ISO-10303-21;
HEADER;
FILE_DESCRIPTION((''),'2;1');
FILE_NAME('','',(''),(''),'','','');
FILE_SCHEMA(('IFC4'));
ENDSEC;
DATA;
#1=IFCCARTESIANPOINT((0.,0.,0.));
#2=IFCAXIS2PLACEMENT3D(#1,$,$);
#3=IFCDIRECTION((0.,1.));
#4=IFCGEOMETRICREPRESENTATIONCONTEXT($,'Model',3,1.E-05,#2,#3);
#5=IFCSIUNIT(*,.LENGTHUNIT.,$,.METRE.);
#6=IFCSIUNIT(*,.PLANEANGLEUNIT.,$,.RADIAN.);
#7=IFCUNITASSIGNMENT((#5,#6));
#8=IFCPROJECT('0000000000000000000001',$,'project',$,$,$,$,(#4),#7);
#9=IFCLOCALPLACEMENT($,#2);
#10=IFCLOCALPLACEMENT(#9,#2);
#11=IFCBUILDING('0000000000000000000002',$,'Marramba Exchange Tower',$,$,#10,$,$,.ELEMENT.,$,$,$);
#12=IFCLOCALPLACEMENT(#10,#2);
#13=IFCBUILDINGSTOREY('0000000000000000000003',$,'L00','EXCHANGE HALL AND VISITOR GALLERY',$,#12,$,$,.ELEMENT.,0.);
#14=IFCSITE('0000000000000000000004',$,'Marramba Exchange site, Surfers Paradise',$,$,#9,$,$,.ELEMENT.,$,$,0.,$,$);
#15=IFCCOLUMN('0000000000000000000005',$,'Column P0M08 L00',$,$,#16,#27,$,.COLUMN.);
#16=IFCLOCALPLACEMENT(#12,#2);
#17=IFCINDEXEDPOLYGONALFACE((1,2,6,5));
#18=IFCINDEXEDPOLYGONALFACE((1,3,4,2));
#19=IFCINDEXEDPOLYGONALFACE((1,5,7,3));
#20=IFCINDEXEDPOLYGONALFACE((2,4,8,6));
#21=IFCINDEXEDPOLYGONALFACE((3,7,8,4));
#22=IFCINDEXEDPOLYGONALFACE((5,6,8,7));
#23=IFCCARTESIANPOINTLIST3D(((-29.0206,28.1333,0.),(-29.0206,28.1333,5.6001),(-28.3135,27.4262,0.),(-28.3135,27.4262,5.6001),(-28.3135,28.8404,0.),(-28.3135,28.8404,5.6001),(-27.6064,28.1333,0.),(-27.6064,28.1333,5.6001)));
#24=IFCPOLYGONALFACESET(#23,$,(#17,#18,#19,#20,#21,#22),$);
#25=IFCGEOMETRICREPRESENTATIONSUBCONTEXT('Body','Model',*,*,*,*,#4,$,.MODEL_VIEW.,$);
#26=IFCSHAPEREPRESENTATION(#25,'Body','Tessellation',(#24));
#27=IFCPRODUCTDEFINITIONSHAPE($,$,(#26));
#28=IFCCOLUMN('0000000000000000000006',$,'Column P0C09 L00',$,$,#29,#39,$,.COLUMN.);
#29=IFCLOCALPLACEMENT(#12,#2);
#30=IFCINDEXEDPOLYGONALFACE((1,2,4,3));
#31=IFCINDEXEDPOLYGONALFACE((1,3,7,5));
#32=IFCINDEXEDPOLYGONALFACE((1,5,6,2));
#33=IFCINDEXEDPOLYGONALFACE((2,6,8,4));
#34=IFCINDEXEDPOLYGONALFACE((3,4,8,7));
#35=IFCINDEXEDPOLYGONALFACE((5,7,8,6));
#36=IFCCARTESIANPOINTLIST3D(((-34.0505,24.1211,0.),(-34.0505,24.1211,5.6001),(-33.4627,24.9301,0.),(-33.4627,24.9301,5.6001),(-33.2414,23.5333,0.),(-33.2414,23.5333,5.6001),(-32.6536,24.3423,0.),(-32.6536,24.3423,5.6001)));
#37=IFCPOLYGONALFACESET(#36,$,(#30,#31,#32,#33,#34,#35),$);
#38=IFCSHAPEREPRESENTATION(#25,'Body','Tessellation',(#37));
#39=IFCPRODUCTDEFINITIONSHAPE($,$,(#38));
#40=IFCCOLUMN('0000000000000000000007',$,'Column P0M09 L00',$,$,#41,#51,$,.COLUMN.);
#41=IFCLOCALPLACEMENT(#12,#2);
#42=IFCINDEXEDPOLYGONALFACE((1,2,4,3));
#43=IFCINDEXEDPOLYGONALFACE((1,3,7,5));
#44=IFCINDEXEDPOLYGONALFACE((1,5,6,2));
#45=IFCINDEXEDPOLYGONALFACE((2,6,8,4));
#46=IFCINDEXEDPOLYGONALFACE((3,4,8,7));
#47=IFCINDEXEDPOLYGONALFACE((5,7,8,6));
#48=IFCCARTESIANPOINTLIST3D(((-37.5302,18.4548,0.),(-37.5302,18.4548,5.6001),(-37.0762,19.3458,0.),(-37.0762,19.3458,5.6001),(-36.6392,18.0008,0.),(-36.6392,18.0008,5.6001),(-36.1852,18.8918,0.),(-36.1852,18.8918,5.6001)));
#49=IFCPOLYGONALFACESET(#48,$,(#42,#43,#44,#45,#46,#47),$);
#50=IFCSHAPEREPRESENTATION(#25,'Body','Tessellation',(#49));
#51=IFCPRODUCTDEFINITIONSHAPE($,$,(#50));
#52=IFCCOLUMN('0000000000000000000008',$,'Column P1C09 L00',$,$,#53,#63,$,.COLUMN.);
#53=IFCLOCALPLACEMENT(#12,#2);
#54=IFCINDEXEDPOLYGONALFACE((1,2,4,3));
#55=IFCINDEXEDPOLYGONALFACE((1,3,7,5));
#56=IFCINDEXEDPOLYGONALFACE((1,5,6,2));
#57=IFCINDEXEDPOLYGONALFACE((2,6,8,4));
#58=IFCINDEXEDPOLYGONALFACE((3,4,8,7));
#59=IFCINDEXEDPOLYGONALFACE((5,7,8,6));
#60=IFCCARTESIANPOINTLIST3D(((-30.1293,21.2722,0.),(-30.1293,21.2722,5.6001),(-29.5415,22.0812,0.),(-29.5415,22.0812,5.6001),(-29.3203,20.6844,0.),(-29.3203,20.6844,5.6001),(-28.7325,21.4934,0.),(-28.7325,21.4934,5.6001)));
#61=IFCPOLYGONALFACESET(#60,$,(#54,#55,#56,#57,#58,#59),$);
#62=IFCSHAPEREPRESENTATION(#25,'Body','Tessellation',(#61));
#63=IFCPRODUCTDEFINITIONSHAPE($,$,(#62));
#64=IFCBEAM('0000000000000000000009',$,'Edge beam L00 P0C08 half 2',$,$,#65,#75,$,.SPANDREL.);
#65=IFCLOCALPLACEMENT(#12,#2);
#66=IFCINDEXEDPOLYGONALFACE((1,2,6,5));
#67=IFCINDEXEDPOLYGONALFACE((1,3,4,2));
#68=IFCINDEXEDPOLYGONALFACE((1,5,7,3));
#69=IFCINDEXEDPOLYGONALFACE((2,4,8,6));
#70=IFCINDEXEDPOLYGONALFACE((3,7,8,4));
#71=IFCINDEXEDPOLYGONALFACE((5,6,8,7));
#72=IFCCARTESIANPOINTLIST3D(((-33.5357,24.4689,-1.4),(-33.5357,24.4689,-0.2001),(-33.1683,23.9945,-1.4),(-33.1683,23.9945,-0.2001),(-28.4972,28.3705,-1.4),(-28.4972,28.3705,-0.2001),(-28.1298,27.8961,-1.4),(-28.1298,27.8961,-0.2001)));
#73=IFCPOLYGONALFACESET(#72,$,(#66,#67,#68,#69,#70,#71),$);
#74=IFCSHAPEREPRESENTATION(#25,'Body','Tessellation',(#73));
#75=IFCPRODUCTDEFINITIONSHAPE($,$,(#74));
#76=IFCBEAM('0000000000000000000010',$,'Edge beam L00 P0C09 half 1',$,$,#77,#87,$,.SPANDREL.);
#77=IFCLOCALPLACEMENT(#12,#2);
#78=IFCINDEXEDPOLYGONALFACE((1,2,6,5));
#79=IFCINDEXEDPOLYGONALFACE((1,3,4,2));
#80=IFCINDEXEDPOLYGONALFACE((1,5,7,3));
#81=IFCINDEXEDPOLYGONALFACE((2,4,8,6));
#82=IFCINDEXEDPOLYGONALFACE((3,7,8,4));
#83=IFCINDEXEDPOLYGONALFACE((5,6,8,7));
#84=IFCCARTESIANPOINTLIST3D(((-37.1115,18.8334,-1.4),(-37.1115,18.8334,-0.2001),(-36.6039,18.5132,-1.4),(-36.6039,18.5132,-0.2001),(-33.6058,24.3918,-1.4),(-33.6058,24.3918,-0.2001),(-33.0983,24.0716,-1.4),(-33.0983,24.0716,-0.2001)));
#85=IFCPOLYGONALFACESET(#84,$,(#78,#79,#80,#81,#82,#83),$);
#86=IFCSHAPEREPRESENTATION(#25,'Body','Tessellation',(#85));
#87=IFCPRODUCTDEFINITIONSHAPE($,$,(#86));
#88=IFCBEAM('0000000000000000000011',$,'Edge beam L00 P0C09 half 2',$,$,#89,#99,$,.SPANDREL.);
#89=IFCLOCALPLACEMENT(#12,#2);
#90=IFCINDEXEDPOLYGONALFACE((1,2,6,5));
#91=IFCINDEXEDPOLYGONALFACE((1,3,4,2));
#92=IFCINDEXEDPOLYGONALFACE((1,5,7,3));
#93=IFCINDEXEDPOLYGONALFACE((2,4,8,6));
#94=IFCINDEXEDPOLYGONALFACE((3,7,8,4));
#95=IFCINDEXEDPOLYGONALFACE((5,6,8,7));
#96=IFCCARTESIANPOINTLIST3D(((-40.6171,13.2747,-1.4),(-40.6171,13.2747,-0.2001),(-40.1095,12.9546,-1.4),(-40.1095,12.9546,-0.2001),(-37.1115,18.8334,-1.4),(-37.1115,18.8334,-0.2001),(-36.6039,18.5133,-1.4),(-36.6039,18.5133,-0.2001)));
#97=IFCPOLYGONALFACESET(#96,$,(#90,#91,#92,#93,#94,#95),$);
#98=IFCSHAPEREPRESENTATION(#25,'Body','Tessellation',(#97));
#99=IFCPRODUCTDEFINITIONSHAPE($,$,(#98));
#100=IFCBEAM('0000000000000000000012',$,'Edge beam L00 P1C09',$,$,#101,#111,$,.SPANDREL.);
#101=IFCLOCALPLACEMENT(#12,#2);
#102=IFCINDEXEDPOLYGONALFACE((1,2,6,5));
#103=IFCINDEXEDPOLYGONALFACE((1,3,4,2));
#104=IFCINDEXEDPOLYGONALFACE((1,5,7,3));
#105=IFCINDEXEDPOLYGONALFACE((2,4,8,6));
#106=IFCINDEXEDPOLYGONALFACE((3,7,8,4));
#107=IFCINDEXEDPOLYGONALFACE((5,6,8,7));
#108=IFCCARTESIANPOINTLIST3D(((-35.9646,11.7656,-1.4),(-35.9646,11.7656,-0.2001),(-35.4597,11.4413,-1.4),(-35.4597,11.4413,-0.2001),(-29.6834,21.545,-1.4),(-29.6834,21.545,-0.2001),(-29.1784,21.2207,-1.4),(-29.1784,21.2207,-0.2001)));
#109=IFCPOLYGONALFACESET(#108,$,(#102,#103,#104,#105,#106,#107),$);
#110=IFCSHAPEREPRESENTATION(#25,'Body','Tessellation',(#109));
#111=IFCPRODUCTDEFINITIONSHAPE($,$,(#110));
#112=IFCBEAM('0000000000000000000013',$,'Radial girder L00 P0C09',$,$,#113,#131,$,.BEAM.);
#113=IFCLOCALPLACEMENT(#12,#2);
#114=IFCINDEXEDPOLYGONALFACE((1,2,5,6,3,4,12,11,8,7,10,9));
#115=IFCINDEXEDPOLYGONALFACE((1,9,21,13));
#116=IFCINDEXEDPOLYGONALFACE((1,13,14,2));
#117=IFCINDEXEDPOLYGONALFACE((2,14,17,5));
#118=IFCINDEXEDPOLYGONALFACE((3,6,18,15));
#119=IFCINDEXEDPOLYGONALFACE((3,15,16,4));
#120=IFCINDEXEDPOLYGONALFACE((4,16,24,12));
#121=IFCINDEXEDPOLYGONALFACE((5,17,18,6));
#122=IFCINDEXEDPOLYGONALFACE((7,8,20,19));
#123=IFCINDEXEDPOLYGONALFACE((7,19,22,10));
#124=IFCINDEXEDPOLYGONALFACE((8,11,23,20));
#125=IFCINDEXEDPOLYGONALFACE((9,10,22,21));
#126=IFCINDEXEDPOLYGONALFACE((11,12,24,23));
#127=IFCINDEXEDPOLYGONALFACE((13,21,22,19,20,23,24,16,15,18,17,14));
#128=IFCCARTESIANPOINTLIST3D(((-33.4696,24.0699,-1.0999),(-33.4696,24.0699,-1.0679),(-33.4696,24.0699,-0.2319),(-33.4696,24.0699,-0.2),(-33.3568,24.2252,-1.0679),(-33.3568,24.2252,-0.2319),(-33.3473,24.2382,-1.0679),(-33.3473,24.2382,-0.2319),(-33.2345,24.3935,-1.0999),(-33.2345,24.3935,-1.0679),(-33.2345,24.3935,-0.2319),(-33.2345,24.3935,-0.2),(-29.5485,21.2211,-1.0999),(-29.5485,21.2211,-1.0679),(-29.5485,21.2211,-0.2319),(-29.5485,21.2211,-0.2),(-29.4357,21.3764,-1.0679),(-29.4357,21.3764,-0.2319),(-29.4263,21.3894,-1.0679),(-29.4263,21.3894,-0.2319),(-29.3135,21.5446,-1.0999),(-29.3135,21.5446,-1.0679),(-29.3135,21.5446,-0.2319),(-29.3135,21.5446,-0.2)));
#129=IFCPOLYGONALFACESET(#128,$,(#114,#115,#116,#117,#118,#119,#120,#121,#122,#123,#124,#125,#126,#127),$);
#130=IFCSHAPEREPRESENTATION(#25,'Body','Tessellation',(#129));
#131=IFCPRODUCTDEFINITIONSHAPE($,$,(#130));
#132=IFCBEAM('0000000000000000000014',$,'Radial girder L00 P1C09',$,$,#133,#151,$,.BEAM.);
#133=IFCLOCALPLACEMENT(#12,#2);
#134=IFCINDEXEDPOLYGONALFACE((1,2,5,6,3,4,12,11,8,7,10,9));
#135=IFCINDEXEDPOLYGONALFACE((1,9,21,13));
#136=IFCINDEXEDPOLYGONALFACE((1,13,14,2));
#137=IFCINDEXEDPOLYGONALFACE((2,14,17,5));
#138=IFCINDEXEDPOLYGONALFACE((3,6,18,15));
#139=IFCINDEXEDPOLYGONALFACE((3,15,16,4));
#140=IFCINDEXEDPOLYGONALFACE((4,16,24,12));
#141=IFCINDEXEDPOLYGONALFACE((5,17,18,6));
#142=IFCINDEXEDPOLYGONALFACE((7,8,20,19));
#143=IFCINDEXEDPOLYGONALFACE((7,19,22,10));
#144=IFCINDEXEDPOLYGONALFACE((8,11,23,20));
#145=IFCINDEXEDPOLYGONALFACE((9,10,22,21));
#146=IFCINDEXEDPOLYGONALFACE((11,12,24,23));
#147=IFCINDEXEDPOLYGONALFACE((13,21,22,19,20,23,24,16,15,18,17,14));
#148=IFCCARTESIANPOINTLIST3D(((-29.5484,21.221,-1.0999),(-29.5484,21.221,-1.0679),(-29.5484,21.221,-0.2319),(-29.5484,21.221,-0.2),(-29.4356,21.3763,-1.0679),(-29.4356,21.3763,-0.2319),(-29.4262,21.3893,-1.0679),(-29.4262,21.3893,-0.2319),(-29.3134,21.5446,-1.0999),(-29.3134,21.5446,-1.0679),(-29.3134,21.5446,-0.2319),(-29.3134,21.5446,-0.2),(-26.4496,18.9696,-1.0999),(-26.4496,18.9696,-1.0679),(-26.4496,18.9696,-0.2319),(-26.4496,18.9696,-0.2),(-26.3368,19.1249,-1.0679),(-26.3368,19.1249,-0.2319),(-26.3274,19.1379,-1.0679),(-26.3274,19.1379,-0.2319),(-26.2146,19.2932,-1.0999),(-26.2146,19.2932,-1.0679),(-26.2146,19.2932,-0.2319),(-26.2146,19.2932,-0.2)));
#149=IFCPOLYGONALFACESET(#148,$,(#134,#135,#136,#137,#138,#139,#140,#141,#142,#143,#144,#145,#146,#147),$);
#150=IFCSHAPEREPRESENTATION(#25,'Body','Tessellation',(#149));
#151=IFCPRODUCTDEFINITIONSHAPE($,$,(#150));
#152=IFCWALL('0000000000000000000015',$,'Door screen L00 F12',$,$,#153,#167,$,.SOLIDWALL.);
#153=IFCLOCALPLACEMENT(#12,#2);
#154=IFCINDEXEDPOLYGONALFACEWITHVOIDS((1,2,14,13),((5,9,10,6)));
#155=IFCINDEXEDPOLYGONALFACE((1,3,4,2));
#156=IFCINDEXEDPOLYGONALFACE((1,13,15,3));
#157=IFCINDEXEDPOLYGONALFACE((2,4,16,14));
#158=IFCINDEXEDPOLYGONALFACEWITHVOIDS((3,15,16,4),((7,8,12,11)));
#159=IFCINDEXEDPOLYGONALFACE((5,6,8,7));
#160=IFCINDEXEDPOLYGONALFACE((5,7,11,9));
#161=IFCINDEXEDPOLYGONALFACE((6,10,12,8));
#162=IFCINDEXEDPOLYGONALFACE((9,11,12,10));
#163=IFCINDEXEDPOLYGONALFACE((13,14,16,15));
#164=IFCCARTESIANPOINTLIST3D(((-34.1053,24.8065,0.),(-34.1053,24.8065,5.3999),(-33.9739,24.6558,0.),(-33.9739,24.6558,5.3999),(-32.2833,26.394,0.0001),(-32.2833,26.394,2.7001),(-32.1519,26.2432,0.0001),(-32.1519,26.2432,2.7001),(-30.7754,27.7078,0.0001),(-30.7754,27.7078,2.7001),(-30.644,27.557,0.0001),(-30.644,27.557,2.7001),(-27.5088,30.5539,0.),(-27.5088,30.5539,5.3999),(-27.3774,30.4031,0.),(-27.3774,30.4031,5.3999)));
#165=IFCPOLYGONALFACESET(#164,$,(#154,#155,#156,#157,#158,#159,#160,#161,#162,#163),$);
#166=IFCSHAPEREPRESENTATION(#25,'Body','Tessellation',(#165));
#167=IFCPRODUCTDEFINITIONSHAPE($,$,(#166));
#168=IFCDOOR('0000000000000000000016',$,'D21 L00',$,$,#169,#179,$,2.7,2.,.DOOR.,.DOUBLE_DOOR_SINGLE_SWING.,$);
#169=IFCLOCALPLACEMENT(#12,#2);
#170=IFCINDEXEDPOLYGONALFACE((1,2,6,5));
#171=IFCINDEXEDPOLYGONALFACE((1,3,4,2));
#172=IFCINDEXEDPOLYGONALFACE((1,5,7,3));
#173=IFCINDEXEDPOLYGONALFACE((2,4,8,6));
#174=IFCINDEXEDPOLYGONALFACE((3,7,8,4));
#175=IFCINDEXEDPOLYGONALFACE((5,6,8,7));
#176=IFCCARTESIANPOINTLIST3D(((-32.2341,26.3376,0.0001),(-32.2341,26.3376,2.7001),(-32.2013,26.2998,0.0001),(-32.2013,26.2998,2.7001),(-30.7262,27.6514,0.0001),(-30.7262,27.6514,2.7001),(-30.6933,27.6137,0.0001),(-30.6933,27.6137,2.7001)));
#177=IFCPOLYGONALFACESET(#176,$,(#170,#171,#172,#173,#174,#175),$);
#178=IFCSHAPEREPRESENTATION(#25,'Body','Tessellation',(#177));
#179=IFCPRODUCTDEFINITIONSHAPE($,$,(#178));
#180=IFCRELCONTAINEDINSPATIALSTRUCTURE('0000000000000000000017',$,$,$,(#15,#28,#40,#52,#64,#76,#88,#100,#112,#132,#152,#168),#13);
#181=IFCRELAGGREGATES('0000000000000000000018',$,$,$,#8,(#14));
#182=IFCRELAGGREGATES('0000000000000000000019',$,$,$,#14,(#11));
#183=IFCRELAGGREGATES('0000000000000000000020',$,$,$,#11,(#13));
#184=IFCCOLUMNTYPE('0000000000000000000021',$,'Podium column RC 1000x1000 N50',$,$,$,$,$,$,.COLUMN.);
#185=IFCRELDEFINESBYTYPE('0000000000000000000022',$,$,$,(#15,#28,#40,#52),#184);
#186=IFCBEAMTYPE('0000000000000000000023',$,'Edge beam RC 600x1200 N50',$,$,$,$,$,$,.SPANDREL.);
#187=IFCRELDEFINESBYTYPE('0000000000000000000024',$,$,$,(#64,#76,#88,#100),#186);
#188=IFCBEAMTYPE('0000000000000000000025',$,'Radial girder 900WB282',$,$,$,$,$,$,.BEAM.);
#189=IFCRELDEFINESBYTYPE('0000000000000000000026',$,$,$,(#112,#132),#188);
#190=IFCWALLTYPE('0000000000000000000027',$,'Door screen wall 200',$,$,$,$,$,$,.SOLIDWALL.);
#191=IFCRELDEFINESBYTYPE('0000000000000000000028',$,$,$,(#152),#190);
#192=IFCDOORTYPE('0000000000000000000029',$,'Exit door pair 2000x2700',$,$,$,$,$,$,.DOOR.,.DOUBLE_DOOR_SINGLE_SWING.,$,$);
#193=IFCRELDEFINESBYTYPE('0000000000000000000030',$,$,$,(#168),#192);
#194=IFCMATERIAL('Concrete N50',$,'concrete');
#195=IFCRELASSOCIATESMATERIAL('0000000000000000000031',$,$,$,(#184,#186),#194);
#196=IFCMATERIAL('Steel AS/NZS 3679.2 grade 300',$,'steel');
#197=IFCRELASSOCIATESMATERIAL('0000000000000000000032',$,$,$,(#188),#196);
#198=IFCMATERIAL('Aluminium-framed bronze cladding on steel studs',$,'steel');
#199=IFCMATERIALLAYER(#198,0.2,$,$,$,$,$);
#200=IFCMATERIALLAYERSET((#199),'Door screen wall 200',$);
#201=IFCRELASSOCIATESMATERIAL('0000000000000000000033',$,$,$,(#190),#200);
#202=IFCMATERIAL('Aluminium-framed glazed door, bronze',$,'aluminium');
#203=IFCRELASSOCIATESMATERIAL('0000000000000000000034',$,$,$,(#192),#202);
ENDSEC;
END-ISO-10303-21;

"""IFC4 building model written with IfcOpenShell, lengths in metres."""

from ifc_helpers import new_model, si_unit, direction, frame, frame_2d, origin, origin_2d, place, context, subcontext, project, spatial, rectangle, i_section, extrude, material, layer, layer_set, material_profile, profile_set, type_object, element, fill, save


model = new_model("IFC4")

# Units and contexts
model_context = context("Model", 3, precision=1e-05, world=origin(), true_north=direction((0.0, 1.0)))
body_context = subcontext(model_context, "Body", "Model", "MODEL_VIEW")
ifc_project = project(units=[si_unit("LENGTHUNIT", "METRE"), si_unit("PLANEANGLEUNIT", "RADIAN")], contexts=[model_context])

# Site, building, storey
site_placement = place(None, origin())
site = spatial("IfcSite", under=ifc_project, at=site_placement, Name="Marramba Exchange site, Surfers Paradise", CompositionType="ELEMENT", RefElevation=0.0)
building_placement = place(site_placement, origin())
building = spatial("IfcBuilding", under=site, at=building_placement, Name="Marramba Exchange Tower", CompositionType="ELEMENT")
storey_placement = place(building_placement, origin())
storey = spatial("IfcBuildingStorey", under=building, at=storey_placement, Name="L00", Description="EXCHANGE HALL AND VISITOR GALLERY", CompositionType="ELEMENT", Elevation=0.0)

# Columns
ifc_material_1 = material(Name="Concrete N50", Category="concrete")
ifc_material_profile_1 = material_profile(ifc_material_1, rectangle(XDim=1.0, YDim=1.0, at=origin_2d()), Name="RC 1000x1000")
ifc_profile_set_1 = profile_set([ifc_material_profile_1], Name="Concrete N50")
column_type = type_object("IfcColumnType", Name="Podium column RC 1000x1000 N50", PredefinedType="COLUMN", material=ifc_profile_set_1)
for number, where, z_axis, x_axis, name in (
    (1, (-28.3135, 28.1333, 0.0), (0.0, 0.0, 1.0), (-0.707107, 0.707107, 0.0), "Column P0M08 L00"),
    (2, (-33.3521, 24.2317, 0.0), (0.0, 0.0, 1.0), (-0.809017, 0.587785, 0.0), "Column P0C09 L00"),
    (3, (-36.8577, 18.6733, 0.0), (0.0, 0.0, 1.0), (-0.891007, 0.45399, 0.0), "Column P0M09 L00"),
    (4, (-29.4309, 21.3828, 0.0), (0.0, 0.0, 1.0), (-0.809017, 0.587785, 0.0), "Column P1C09 L00"),
):
    element("IfcColumn", number, at=place(storey_placement, frame(where, z_axis=z_axis, x_axis=x_axis)), inside=storey, type_object=column_type, Name=name, PredefinedType="COLUMN", context=body_context, shape_type="SweptSolid", body=[
        extrude(rectangle(XDim=1.0, YDim=1.0, at=origin_2d()), origin(), (0.0, 0.0, 1.0), 5.6001),
    ])

# Beams
ifc_material_profile_2 = material_profile(ifc_material_1, rectangle(XDim=0.6001, YDim=1.2, at=origin_2d()), Name="RC 600x1200")
ifc_profile_set_2 = profile_set([ifc_material_profile_2], Name="Concrete N50")
beam_type_1 = type_object("IfcBeamType", Name="Edge beam RC 600x1200 N50", PredefinedType="SPANDREL", material=ifc_profile_set_2)
beam_1_placement = place(storey_placement, frame((-28.3135, 28.1333, -0.8), z_axis=(-0.790664, -0.61225, 0.0), x_axis=(0.61225, -0.790664, 0.0)))
element("IfcBeam", 5, at=beam_1_placement, inside=storey, type_object=beam_type_1, Name="Edge beam L00 P0C08 half 2", PredefinedType="SPANDREL", context=body_context, shape_type="SweptSolid", body=[
    extrude(rectangle(XDim=0.6001, YDim=1.2, at=origin_2d()), origin(), (0.0, 0.0, 1.0), 6.3726),
])
beam_2_placement = place(storey_placement, frame((-33.3521, 24.2317, -0.8), z_axis=(-0.533458, -0.845827, 0.0), x_axis=(0.845827, -0.533458, 0.0)))
element("IfcBeam", 6, at=beam_2_placement, inside=storey, type_object=beam_type_1, Name="Edge beam L00 P0C09 half 1", PredefinedType="SPANDREL", context=body_context, shape_type="SweptSolid", body=[
    extrude(rectangle(XDim=0.6001, YDim=1.2, at=origin_2d()), origin(), (0.0, 0.0, 1.0), 6.5715),
])
beam_3_placement = place(storey_placement, frame((-36.8577, 18.6733, -0.8), z_axis=(-0.533441, -0.845837, 0.0), x_axis=(0.845837, -0.533441, 0.0)))
element("IfcBeam", 7, at=beam_3_placement, inside=storey, type_object=beam_type_1, Name="Edge beam L00 P0C09 half 2", PredefinedType="SPANDREL", context=body_context, shape_type="SweptSolid", body=[
    extrude(rectangle(XDim=0.6001, YDim=1.2, at=origin_2d()), origin(), (0.0, 0.0, 1.0), 6.5718),
])
beam_4_placement = place(storey_placement, frame((-29.4309, 21.3828, -0.8), z_axis=(-0.540426, -0.841391, 0.0), x_axis=(0.841391, -0.540426, 0.0)))
element("IfcBeam", 8, at=beam_4_placement, inside=storey, type_object=beam_type_1, Name="Edge beam L00 P1C09", PredefinedType="SPANDREL", context=body_context, shape_type="SweptSolid", body=[
    extrude(rectangle(XDim=0.6001, YDim=1.2, at=origin_2d()), origin(), (0.0, 0.0, 1.0), 11.6228),
])
ifc_material_2 = material(Name="Steel AS/NZS 3679.2 grade 300", Category="steel")
ifc_material_profile_3 = material_profile(ifc_material_2, i_section(OverallWidth=0.3999, OverallDepth=0.8999, WebThickness=0.0161, FlangeThickness=0.032, at=origin_2d()), Name="900WB282")
ifc_profile_set_3 = profile_set([ifc_material_profile_3], Name="Steel AS/NZS 3679.2 grade 300")
beam_type_2 = type_object("IfcBeamType", Name="Radial girder 900WB282", PredefinedType="BEAM", material=ifc_profile_set_3)
beam_5_placement = place(storey_placement, frame((-33.3521, 24.2317, -0.6499), z_axis=(0.809017, -0.587785, 0.0), x_axis=(0.587785, 0.809017, 0.0)))
element("IfcBeam", 9, at=beam_5_placement, inside=storey, type_object=beam_type_2, Name="Radial girder L00 P0C09", PredefinedType="BEAM", context=body_context, shape_type="SweptSolid", body=[
    extrude(i_section(OverallWidth=0.3999, OverallDepth=0.8999, WebThickness=0.0161, FlangeThickness=0.032, at=origin_2d()), origin(), (0.0, 0.0, 1.0), 4.8467),
])
beam_6_placement = place(storey_placement, frame((-29.4309, 21.3828, -0.6499), z_axis=(0.809017, -0.587785, 0.0), x_axis=(0.587785, 0.809017, 0.0)))
element("IfcBeam", 10, at=beam_6_placement, inside=storey, type_object=beam_type_2, Name="Radial girder L00 P1C09", PredefinedType="BEAM", context=body_context, shape_type="SweptSolid", body=[
    extrude(i_section(OverallWidth=0.3999, OverallDepth=0.8999, WebThickness=0.0161, FlangeThickness=0.032, at=origin_2d()), origin(), (0.0, 0.0, 1.0), 3.8303),
])

# Wall, opening, door
ifc_material_3 = material(Name="Aluminium-framed bronze cladding on steel studs", Category="steel")
ifc_layer_1 = layer(ifc_material_3, 0.2)
ifc_layer_set_1 = layer_set([ifc_layer_1], Name="Door screen wall 200")
wall_type_1 = type_object("IfcWallType", Name="Door screen wall 200", PredefinedType="SOLIDWALL", material=ifc_layer_set_1)
wall_1_placement = place(storey_placement, frame((-27.4431, 30.4785, 0.0), z_axis=(0.0, 0.0, 1.0), x_axis=(-0.753967, -0.656913, 0.0)))
wall_1 = element("IfcWall", 11, at=wall_1_placement, inside=storey, type_object=wall_type_1, Name="Door screen L00 F12", PredefinedType="SOLIDWALL", context=body_context, shape_type="SweptSolid", body=[
    extrude(rectangle(XDim=8.749, YDim=0.2, at=frame_2d((4.3745, 0.0))), origin(), (0.0, 0.0, 1.0), 5.3999),
])
opening_1_placement = place(wall_1_placement, frame((4.3325, 0.0, 0.0)))
opening_1 = element("IfcOpeningElement", 12, at=opening_1_placement, cuts=wall_1, PredefinedType="OPENING", context=body_context, shape_type="SweptSolid", body=[
    extrude(rectangle(XDim=2.0, YDim=2.7, at=frame_2d((1.0, 1.3501))), frame((0.0, 0.1099, 0.0), z_axis=(0.0, -1.0, 0.0), x_axis=(1.0, 0.0, 0.0)), (0.0, 0.0, 1.0), 0.22),
])
ifc_material_4 = material(Name="Aluminium-framed glazed door, bronze", Category="aluminium")
door_type = type_object("IfcDoorType", Name="Exit door pair 2000x2700", OperationType="DOUBLE_DOOR_SINGLE_SWING", PredefinedType="DOOR", material=ifc_material_4)
door_1_placement = place(opening_1_placement, frame((2.0, 0.0, 0.0), z_axis=(0.0, 0.0, 1.0), x_axis=(-1.0, 0.0, 0.0)))
door_1 = element("IfcDoor", 13, at=door_1_placement, inside=storey, type_object=door_type, Name="D21 L00", OperationType="DOUBLE_DOOR_SINGLE_SWING", OverallHeight=2.7, OverallWidth=2.0, PredefinedType="DOOR", context=body_context, shape_type="SweptSolid", body=[
    extrude(rectangle(XDim=2.0, YDim=2.7, at=frame_2d((1.0, 1.3501))), frame((0.0, 0.0251, 0.0), z_axis=(0.0, -1.0, 0.0), x_axis=(1.0, 0.0, 0.0)), (0.0, 0.0, 1.0), 0.05),
])
fill(opening_1, door_1)

save(model, "model.ifc")
